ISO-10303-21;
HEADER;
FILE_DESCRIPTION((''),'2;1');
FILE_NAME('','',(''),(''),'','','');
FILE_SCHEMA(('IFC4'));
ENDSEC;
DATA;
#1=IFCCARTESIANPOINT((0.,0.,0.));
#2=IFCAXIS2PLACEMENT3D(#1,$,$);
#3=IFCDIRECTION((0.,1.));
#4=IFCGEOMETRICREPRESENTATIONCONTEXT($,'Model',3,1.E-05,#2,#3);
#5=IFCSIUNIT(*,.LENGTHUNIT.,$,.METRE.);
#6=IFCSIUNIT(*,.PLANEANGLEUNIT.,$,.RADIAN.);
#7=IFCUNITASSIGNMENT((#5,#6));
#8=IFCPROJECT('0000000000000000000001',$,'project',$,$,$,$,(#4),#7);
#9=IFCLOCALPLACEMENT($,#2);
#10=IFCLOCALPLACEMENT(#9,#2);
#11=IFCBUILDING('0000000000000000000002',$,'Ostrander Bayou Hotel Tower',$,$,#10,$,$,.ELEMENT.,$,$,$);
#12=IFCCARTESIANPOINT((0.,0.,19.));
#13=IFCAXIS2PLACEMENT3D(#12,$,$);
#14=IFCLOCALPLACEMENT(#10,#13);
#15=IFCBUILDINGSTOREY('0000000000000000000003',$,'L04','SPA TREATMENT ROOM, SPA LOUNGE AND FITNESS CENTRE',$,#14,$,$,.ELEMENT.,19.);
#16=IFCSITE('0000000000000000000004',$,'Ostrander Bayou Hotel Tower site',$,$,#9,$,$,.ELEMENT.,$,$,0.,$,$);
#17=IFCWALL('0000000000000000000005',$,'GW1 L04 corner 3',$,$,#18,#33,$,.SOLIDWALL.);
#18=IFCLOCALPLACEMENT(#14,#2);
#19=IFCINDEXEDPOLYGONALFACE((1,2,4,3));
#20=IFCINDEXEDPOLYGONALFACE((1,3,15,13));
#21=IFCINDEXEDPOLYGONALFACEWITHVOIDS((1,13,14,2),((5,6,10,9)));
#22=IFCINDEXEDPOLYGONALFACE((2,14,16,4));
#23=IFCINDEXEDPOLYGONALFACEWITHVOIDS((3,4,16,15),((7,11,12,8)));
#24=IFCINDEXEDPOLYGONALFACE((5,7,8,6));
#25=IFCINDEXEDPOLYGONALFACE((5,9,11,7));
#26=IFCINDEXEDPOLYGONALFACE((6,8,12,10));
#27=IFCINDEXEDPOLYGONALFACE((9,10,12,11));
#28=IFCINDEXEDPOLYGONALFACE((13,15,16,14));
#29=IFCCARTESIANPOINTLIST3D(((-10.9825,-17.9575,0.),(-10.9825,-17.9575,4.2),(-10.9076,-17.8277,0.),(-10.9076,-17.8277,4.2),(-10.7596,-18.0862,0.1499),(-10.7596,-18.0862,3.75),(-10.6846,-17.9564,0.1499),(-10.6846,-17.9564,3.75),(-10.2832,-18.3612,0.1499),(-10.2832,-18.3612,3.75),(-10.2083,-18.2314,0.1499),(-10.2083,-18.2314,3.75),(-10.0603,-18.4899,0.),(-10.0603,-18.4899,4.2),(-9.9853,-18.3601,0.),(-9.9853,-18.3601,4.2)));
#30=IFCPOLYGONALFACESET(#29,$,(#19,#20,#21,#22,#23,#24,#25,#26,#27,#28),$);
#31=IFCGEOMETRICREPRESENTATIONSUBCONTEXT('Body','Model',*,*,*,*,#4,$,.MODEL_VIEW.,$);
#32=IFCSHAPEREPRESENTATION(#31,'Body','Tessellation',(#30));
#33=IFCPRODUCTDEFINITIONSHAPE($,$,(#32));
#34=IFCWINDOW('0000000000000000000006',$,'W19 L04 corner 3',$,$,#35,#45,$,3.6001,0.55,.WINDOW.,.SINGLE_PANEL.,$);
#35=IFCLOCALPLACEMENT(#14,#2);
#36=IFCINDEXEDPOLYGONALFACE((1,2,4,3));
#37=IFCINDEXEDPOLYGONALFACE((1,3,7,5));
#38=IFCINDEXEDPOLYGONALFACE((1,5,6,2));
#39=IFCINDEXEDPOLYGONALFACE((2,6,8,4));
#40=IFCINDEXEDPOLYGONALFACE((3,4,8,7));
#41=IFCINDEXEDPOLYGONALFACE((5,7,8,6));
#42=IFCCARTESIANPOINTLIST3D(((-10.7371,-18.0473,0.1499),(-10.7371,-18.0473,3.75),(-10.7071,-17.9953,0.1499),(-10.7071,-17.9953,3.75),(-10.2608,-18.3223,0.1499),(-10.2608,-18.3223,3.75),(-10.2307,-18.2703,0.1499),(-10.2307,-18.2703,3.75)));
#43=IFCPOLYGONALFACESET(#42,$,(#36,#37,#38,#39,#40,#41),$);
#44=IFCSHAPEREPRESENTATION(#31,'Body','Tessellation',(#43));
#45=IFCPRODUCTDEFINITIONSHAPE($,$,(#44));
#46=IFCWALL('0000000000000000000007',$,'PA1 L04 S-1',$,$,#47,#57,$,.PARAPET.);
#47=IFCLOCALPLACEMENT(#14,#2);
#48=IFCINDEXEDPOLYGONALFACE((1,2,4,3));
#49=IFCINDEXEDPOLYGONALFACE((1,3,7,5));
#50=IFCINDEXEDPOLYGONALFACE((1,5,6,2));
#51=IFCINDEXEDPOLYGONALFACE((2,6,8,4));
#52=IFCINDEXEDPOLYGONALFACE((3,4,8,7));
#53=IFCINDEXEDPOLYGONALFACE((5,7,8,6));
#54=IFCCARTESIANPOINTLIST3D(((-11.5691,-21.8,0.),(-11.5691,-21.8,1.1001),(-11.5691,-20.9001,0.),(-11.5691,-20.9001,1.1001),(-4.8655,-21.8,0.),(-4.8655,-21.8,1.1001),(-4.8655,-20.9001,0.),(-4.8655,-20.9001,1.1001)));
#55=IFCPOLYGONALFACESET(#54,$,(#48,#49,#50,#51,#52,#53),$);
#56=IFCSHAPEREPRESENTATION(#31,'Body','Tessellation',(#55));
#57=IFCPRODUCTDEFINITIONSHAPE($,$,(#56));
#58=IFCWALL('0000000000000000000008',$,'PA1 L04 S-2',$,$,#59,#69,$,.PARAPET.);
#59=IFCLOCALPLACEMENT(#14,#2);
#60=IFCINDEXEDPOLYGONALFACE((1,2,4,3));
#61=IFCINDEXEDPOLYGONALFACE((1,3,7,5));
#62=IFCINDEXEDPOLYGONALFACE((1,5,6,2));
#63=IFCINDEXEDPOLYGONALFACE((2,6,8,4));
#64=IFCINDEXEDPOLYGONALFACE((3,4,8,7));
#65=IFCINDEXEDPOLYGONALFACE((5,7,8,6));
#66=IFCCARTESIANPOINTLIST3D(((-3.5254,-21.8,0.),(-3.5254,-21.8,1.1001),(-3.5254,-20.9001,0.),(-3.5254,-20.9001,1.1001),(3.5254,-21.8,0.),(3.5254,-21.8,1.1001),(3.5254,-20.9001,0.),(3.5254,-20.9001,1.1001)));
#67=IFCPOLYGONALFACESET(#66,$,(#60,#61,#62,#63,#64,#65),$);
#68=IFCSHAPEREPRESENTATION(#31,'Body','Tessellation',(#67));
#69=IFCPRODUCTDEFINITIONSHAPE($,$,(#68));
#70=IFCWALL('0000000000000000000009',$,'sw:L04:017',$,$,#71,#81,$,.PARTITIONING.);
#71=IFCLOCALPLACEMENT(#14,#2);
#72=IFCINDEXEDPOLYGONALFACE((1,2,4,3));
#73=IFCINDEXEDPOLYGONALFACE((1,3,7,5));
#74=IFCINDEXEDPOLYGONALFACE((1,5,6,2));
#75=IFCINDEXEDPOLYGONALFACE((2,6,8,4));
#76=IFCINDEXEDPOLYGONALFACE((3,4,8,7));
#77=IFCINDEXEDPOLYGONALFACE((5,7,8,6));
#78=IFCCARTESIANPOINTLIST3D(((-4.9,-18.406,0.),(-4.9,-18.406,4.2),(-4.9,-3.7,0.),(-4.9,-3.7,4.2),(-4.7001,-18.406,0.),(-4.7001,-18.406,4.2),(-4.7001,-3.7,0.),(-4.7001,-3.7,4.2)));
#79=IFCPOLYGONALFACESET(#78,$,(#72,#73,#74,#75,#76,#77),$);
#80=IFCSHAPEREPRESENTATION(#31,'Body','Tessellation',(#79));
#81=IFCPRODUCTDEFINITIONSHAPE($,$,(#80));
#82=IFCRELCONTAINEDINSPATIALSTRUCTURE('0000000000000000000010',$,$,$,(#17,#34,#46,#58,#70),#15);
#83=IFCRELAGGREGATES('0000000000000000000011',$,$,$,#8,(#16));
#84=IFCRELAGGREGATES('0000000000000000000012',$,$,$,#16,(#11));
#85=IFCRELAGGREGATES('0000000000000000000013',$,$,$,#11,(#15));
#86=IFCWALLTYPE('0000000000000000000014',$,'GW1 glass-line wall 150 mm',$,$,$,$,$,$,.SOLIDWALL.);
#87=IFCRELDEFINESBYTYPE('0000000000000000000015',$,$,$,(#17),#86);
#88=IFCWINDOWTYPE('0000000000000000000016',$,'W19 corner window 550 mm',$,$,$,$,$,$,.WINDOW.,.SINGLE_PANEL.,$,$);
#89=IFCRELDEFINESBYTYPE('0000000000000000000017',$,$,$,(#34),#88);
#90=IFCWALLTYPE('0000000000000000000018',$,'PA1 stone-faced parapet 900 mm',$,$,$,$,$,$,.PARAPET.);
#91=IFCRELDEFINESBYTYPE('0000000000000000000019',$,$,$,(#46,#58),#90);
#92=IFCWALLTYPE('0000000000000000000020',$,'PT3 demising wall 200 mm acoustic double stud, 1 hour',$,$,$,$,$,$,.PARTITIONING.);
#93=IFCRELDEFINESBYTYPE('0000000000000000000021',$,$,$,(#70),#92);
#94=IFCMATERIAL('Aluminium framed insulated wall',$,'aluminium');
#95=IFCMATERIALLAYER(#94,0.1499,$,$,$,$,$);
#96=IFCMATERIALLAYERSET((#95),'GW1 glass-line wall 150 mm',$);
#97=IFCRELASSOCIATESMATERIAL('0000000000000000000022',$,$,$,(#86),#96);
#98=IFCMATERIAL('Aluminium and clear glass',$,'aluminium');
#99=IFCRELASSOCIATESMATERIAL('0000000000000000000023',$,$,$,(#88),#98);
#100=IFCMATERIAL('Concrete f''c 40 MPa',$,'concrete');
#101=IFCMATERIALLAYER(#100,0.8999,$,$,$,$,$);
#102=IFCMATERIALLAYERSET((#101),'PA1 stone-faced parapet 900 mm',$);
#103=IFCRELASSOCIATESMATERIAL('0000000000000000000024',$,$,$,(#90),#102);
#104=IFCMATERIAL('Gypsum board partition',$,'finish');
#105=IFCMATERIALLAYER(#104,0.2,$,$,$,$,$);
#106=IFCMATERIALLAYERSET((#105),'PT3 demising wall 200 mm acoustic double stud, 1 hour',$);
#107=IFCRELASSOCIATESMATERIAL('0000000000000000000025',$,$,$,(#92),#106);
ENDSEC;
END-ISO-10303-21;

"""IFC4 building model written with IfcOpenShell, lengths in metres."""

from ifc_helpers import new_model, si_unit, direction, frame, frame_2d, origin, place, context, subcontext, project, spatial, rectangle, extrude, material, layer, layer_set, type_object, element, fill, save


model = new_model("IFC4")

# Units and contexts
model_context = context("Model", 3, precision=1e-05, world=origin(), true_north=direction((0.0, 1.0)))
body_context = subcontext(model_context, "Body", "Model", "MODEL_VIEW")
ifc_project = project(units=[si_unit("LENGTHUNIT", "METRE"), si_unit("PLANEANGLEUNIT", "RADIAN")], contexts=[model_context])

# Site, building, storey
site_placement = place(None, origin())
site = spatial("IfcSite", under=ifc_project, at=site_placement, Name="Ostrander Bayou Hotel Tower site", CompositionType="ELEMENT", RefElevation=0.0)
building_placement = place(site_placement, origin())
building = spatial("IfcBuilding", under=site, at=building_placement, Name="Ostrander Bayou Hotel Tower", CompositionType="ELEMENT")
storey_placement = place(building_placement, frame((0.0, 0.0, 19.0)))
storey = spatial("IfcBuildingStorey", under=building, at=storey_placement, Name="L04", Description="SPA TREATMENT ROOM, SPA LOUNGE AND FITNESS CENTRE", CompositionType="ELEMENT", Elevation=19.0)

# Shared definitions
ifc_material_1 = material(Name="Aluminium framed insulated wall", Category="aluminium")
ifc_layer_1 = layer(ifc_material_1, 0.1499)
ifc_layer_set_1 = layer_set([ifc_layer_1], Name="GW1 glass-line wall 150 mm")
wall_type_1 = type_object("IfcWallType", Name="GW1 glass-line wall 150 mm", PredefinedType="SOLIDWALL", material=ifc_layer_set_1)

# Wall, opening, window
wall_1_placement = place(storey_placement, frame((-10.9451, -17.8926, 0.0), z_axis=(0.0, 0.0, 1.0), x_axis=(0.866048, -0.499961, 0.0)))
wall_1 = element("IfcWall", 1, at=wall_1_placement, inside=storey, type_object=wall_type_1, Name="GW1 L04 corner 3", PredefinedType="SOLIDWALL", context=body_context, shape_type="SweptSolid", body=[
    extrude(rectangle(XDim=1.0649, YDim=0.1499, at=frame_2d((0.5325, 0.0))), origin(), (0.0, 0.0, 1.0), 4.2),
])
opening_1_placement = place(wall_1_placement, frame((0.2576, 0.0, 0.1499)))
opening_1 = element("IfcOpeningElement", 2, at=opening_1_placement, cuts=wall_1, PredefinedType="OPENING", context=body_context, shape_type="SweptSolid", body=[
    extrude(rectangle(XDim=0.55, YDim=3.6001, at=frame_2d((0.2749, 1.8))), frame((0.0, 0.075, 0.0), z_axis=(0.0, -1.0, 0.0), x_axis=(1.0, 0.0, 0.0)), (0.0, 0.0, 1.0), 0.1499),
])
ifc_material_2 = material(Name="Aluminium and clear glass", Category="aluminium")
window_type = type_object("IfcWindowType", Name="W19 corner window 550 mm", PartitioningType="SINGLE_PANEL", PredefinedType="WINDOW", material=ifc_material_2)
window_placement = place(opening_1_placement, origin())
window = element("IfcWindow", 3, at=window_placement, inside=storey, type_object=window_type, Name="W19 L04 corner 3", OverallHeight=3.6001, OverallWidth=0.55, PartitioningType="SINGLE_PANEL", PredefinedType="WINDOW", context=body_context, shape_type="SweptSolid", body=[
    extrude(rectangle(XDim=0.55, YDim=3.6001, at=frame_2d((0.2749, 1.8))), frame((0.0, 0.03, 0.0), z_axis=(0.0, -1.0, 0.0), x_axis=(1.0, 0.0, 0.0)), (0.0, 0.0, 1.0), 0.0601),
])
fill(opening_1, window)

# Walls
ifc_material_3 = material(Name="Concrete f'c 40 MPa", Category="concrete")
ifc_layer_2 = layer(ifc_material_3, 0.8999)
ifc_layer_set_2 = layer_set([ifc_layer_2], Name="PA1 stone-faced parapet 900 mm")
wall_type_2 = type_object("IfcWallType", Name="PA1 stone-faced parapet 900 mm", PredefinedType="PARAPET", material=ifc_layer_set_2)
wall_2_placement = place(storey_placement, frame((-11.5691, -21.3501, 0.0), z_axis=(0.0, 0.0, 1.0), x_axis=(1.0, 0.0, 0.0)))
element("IfcWall", 4, at=wall_2_placement, inside=storey, type_object=wall_type_2, Name="PA1 L04 S-1", PredefinedType="PARAPET", context=body_context, shape_type="SweptSolid", body=[
    extrude(rectangle(XDim=6.7036, YDim=0.8999, at=frame_2d((3.3518, 0.0))), origin(), (0.0, 0.0, 1.0), 1.1001),
])
wall_3_placement = place(storey_placement, frame((-3.5254, -21.3501, 0.0), z_axis=(0.0, 0.0, 1.0), x_axis=(1.0, 0.0, 0.0)))
element("IfcWall", 5, at=wall_3_placement, inside=storey, type_object=wall_type_2, Name="PA1 L04 S-2", PredefinedType="PARAPET", context=body_context, shape_type="SweptSolid", body=[
    extrude(rectangle(XDim=7.0508, YDim=0.8999, at=frame_2d((3.5254, 0.0))), origin(), (0.0, 0.0, 1.0), 1.1001),
])
ifc_material_4 = material(Name="Gypsum board partition", Category="finish")
ifc_layer_3 = layer(ifc_material_4, 0.2)
ifc_layer_set_3 = layer_set([ifc_layer_3], Name="PT3 demising wall 200 mm acoustic double stud, 1 hour")
wall_type_3 = type_object("IfcWallType", Name="PT3 demising wall 200 mm acoustic double stud, 1 hour", PredefinedType="PARTITIONING", material=ifc_layer_set_3)
wall_4_placement = place(storey_placement, frame((-4.8, -18.406, 0.0), z_axis=(0.0, 0.0, 1.0), x_axis=(0.0, 1.0, 0.0)))
element("IfcWall", 6, at=wall_4_placement, inside=storey, type_object=wall_type_3, Name="sw:L04:017", PredefinedType="PARTITIONING", context=body_context, shape_type="SweptSolid", body=[
    extrude(rectangle(XDim=14.7061, YDim=0.2, at=frame_2d((7.353, 0.0))), origin(), (0.0, 0.0, 1.0), 4.2),
])

save(model, "model.ifc")
